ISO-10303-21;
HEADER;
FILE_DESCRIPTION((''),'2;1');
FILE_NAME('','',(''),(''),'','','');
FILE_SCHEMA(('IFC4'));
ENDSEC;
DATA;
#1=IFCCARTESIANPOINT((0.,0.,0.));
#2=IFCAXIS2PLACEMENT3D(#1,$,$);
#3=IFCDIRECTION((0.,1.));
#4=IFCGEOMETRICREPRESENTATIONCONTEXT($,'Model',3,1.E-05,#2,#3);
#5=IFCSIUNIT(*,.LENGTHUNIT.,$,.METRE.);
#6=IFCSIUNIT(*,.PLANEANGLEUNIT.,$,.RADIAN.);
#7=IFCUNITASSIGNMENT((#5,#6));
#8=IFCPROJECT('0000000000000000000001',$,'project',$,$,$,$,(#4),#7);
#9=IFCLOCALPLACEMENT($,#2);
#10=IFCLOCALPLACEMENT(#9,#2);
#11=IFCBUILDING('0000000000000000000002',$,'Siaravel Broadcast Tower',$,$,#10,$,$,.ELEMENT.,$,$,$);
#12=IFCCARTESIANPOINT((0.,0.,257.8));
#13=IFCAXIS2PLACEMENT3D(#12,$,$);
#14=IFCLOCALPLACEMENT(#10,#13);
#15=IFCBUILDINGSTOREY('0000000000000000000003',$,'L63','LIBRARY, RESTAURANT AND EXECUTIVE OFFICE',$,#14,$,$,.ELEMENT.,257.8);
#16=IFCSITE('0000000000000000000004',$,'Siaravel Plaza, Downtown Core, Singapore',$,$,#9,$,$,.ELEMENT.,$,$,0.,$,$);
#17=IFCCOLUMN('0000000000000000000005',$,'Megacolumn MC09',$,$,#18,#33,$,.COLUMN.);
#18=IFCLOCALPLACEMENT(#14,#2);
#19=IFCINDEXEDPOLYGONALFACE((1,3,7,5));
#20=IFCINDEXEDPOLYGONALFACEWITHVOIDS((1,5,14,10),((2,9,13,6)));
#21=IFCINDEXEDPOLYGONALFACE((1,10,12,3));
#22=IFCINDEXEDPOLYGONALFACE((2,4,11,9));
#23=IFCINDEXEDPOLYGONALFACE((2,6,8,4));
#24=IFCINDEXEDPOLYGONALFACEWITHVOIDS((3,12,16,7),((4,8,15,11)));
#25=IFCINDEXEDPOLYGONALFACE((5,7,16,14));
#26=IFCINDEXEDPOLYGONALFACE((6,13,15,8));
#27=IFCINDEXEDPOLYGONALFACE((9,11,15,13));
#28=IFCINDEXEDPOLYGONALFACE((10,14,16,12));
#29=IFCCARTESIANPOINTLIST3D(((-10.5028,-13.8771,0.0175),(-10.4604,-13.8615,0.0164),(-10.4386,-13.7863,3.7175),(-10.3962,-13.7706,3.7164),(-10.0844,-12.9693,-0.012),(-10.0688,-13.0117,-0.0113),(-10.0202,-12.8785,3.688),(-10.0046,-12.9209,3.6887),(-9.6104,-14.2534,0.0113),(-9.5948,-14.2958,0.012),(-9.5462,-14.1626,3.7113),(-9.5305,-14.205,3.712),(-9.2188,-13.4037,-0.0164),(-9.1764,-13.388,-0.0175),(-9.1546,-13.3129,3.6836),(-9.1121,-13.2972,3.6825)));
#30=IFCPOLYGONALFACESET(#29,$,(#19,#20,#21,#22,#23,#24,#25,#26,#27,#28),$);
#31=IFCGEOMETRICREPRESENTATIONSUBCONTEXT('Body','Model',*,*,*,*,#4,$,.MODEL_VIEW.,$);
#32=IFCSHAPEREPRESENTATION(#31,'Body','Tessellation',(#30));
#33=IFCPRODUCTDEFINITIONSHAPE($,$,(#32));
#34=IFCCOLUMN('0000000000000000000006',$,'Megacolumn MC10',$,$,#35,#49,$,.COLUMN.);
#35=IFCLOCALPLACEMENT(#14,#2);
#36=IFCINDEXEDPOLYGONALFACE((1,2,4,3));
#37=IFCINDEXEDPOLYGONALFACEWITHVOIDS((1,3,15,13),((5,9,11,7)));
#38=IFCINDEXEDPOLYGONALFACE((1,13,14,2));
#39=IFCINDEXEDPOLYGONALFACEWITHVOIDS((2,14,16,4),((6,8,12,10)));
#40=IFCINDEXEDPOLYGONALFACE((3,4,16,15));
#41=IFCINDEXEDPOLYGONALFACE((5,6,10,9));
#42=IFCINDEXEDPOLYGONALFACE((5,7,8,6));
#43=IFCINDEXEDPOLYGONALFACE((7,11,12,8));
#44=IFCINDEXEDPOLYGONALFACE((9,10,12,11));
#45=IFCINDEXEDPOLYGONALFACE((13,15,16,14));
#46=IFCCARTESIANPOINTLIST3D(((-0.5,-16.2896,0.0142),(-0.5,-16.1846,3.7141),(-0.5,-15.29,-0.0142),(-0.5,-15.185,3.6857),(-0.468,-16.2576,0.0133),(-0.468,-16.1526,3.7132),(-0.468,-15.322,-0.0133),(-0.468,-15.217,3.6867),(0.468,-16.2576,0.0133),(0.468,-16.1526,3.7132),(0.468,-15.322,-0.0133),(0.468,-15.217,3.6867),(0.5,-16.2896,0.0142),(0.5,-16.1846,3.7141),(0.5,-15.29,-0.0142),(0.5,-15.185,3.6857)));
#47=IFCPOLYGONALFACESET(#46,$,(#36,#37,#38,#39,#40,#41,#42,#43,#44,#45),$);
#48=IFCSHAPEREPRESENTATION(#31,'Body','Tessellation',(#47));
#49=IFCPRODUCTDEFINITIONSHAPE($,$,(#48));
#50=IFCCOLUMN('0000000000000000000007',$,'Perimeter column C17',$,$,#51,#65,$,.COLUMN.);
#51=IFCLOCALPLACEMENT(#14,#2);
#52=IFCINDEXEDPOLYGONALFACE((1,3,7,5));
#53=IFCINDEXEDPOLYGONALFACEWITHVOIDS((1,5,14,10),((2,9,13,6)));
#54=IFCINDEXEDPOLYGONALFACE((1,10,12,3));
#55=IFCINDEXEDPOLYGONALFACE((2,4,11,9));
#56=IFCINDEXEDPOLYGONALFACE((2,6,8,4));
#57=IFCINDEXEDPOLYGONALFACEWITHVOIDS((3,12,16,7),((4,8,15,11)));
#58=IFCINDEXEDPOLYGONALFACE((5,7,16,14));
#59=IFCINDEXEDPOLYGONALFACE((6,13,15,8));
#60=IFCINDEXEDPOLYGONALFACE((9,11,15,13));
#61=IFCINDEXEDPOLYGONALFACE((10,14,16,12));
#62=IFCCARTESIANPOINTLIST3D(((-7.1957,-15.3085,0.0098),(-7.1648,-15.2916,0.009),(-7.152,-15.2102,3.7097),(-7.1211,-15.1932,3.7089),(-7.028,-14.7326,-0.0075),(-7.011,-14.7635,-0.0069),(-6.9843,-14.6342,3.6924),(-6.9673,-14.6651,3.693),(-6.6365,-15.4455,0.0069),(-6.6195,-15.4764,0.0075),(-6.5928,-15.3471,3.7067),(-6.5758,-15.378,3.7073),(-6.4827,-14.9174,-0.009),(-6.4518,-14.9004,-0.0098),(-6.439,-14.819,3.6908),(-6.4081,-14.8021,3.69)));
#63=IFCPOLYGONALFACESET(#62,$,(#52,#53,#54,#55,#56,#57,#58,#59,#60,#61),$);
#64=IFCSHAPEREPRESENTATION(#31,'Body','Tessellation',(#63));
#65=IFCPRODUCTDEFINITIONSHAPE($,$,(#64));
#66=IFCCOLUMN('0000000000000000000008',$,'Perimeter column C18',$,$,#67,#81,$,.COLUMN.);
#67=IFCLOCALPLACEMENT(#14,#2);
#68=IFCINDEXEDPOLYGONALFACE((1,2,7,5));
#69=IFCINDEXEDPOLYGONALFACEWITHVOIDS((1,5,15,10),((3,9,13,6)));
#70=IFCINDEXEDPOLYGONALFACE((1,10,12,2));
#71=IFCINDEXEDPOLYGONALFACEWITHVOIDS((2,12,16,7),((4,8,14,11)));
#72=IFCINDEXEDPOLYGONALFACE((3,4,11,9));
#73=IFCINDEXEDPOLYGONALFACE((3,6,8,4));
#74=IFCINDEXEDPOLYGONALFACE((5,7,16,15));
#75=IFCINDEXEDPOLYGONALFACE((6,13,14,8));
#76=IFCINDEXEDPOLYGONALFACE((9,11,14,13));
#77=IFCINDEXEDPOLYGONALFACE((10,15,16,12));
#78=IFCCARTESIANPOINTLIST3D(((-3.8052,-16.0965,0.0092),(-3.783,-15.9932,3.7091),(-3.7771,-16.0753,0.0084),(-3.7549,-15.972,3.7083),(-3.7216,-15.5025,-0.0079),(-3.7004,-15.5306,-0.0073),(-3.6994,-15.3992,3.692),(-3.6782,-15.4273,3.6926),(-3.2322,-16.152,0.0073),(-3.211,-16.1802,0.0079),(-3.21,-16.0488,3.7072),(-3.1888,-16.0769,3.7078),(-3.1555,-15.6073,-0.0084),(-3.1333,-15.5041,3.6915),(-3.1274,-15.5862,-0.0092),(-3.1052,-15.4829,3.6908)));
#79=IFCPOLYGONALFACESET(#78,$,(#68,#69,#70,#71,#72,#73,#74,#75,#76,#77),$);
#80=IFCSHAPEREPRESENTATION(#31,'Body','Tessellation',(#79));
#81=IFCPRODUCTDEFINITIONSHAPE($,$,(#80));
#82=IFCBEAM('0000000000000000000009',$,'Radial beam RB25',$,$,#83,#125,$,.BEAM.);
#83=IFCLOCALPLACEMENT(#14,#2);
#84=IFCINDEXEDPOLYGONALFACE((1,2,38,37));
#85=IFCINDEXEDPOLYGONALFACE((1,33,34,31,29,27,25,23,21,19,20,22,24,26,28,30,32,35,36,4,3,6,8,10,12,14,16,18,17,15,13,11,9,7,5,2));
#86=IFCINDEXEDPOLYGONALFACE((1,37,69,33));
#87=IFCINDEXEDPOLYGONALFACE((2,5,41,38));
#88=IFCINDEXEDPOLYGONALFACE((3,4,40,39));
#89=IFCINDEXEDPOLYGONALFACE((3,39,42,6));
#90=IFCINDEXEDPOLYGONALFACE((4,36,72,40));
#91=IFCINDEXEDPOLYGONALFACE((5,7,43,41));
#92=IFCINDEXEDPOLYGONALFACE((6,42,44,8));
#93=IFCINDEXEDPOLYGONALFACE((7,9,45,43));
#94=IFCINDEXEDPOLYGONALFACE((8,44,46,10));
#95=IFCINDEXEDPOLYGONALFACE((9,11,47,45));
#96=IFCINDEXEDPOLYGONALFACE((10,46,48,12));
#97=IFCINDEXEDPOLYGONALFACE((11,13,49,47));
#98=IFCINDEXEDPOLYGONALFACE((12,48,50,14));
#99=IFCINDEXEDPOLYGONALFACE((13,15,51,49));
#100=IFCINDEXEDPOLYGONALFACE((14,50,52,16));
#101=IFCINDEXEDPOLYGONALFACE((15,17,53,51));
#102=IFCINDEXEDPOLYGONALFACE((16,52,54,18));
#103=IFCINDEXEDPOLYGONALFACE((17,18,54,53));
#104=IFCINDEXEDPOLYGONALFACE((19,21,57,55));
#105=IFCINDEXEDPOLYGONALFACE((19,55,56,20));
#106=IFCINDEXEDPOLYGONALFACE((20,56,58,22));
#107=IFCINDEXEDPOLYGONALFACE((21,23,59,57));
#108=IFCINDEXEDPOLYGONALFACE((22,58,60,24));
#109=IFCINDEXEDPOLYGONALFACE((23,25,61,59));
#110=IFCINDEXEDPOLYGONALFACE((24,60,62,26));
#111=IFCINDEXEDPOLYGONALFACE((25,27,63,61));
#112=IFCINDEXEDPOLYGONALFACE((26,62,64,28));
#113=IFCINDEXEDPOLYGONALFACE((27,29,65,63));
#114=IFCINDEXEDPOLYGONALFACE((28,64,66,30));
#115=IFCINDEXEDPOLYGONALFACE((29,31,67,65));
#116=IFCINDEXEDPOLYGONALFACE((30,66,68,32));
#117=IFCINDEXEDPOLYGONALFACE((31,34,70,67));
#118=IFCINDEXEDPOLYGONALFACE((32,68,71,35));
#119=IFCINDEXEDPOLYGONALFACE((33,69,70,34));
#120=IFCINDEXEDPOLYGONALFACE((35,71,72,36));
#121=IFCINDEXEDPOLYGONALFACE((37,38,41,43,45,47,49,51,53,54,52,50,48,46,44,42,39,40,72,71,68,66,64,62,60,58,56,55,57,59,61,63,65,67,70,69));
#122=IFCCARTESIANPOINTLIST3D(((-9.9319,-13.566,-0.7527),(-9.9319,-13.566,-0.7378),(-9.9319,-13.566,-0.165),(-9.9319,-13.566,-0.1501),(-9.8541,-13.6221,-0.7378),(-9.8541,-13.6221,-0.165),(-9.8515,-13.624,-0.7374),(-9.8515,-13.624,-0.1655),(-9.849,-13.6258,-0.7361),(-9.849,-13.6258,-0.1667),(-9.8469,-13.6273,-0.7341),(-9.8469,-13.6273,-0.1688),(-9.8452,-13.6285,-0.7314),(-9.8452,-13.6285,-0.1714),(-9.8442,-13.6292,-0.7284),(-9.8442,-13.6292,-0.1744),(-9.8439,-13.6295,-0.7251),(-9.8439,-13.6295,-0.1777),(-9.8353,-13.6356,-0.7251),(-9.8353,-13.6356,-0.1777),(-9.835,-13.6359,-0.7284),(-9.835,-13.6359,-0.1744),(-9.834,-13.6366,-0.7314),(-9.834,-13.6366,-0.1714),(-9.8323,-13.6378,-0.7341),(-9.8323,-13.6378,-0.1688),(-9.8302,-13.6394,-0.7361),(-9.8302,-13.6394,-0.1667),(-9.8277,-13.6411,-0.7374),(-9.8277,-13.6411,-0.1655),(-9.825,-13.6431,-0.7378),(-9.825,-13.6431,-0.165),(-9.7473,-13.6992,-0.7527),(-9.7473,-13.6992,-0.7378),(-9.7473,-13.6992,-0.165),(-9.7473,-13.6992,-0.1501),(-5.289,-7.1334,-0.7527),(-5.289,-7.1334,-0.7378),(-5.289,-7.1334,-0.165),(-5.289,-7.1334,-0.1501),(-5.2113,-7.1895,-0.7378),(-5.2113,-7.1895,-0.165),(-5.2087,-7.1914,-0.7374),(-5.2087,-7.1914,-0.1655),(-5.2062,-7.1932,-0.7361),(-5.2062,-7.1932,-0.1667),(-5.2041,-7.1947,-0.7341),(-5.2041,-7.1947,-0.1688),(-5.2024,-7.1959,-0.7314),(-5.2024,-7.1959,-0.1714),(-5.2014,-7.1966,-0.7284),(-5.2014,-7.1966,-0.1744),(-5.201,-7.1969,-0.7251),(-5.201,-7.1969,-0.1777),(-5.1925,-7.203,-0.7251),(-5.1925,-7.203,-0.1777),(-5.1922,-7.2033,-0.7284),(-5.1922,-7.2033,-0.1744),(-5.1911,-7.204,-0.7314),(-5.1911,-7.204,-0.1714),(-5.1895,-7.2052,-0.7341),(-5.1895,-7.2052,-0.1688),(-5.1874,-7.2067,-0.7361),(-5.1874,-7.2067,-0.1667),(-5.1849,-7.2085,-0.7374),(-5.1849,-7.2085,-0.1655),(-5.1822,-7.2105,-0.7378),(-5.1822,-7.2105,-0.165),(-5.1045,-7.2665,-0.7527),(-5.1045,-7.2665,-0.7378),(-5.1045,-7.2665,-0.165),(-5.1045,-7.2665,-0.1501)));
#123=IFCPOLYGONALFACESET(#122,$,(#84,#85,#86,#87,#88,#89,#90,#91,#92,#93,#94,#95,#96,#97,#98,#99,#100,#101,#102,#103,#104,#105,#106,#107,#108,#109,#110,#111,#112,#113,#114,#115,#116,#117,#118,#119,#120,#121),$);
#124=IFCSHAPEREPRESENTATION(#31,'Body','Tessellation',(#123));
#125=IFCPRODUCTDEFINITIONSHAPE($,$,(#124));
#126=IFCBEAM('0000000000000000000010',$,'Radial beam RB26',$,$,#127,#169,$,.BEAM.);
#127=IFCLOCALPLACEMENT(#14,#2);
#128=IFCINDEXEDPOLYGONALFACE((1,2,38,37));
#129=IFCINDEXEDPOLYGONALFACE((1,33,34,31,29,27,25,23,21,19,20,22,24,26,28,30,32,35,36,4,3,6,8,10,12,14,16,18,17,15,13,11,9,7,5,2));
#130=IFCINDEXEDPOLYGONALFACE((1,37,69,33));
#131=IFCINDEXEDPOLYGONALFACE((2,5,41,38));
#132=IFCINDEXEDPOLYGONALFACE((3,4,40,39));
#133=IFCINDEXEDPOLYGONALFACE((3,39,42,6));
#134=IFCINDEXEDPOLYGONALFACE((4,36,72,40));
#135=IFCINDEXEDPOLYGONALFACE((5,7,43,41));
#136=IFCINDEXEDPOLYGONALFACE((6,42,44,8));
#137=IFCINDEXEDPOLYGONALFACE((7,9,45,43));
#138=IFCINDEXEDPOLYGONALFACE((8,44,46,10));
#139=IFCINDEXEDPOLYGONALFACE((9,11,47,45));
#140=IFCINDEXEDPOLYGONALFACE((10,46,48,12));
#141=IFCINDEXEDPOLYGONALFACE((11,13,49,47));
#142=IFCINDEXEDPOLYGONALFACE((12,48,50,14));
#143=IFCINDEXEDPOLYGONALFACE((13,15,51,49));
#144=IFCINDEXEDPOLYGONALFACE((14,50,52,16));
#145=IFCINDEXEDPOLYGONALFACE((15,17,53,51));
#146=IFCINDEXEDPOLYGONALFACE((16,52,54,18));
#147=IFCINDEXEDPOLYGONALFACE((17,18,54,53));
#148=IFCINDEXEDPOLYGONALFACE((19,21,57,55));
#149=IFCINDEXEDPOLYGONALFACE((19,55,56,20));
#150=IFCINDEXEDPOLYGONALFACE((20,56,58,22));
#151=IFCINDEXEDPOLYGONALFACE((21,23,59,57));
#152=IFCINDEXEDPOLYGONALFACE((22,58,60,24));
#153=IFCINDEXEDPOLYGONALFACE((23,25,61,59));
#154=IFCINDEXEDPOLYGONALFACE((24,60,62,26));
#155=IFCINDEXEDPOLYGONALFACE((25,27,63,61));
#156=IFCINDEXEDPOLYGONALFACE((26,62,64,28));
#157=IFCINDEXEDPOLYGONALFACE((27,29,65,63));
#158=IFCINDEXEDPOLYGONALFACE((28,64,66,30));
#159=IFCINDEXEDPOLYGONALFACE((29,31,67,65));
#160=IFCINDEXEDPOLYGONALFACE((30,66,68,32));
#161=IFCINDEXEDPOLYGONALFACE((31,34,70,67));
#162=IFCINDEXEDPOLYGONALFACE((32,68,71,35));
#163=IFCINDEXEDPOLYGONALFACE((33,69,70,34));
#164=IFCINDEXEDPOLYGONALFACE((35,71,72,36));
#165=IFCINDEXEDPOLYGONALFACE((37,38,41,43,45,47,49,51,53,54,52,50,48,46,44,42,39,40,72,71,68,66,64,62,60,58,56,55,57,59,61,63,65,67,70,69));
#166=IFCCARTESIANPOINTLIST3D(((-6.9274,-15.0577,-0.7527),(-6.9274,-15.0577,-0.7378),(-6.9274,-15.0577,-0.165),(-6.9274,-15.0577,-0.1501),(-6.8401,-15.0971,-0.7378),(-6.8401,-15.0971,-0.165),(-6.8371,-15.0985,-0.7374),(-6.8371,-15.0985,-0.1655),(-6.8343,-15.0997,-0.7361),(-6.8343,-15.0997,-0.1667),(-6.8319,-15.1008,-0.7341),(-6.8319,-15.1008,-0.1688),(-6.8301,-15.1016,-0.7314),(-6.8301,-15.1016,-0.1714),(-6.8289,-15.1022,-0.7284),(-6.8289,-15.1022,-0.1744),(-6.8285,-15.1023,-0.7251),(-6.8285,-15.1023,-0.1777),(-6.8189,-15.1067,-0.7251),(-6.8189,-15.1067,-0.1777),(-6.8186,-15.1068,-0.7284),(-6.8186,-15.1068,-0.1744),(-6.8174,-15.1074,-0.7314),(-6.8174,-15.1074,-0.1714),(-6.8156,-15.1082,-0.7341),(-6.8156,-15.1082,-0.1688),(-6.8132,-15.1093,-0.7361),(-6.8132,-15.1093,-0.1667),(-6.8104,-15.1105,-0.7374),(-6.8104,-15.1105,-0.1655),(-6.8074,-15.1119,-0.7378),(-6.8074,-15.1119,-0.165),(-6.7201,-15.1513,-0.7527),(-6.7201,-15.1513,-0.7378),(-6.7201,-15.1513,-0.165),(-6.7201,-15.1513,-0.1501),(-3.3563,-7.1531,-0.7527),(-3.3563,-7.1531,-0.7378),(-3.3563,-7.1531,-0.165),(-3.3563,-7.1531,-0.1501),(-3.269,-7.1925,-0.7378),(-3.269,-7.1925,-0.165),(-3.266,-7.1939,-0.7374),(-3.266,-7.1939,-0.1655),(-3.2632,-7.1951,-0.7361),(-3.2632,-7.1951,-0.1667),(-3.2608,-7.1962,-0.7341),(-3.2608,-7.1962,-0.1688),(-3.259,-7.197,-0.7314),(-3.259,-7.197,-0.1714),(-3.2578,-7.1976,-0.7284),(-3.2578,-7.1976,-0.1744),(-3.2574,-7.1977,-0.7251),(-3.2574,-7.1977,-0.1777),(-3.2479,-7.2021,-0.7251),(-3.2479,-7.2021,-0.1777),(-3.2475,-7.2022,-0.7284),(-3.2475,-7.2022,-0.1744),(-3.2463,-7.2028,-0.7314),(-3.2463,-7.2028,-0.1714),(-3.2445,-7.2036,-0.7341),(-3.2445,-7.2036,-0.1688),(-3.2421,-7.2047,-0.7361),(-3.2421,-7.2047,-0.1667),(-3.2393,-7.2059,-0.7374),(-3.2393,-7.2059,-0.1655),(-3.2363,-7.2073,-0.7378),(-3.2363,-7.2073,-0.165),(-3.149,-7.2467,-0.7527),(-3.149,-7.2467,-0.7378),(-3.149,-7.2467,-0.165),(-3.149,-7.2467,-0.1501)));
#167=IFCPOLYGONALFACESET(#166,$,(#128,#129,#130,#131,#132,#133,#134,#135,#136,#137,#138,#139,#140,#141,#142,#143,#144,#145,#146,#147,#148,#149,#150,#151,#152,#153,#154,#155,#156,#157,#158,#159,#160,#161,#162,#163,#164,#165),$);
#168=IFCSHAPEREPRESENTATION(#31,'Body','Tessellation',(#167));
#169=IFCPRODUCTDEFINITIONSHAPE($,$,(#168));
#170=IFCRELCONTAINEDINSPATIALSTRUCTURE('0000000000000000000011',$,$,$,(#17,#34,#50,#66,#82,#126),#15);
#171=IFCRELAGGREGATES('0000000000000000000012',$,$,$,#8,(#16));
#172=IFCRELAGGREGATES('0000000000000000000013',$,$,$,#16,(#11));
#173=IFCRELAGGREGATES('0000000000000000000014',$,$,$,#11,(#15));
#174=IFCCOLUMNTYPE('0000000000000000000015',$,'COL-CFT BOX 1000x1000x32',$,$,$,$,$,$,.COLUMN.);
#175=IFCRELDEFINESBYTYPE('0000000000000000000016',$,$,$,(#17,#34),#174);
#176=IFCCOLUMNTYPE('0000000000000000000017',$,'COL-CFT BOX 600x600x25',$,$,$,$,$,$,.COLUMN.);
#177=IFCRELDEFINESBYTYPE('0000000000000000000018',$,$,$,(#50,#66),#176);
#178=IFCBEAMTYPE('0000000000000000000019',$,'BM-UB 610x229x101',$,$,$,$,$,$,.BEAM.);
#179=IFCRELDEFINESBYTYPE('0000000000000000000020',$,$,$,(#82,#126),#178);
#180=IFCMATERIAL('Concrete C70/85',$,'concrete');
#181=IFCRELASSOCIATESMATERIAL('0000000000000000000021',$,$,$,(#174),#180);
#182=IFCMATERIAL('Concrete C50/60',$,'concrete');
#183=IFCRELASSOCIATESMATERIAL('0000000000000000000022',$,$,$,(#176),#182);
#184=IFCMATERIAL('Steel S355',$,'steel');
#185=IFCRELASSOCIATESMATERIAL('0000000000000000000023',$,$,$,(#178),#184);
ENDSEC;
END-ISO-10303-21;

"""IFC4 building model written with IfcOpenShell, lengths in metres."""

from ifc_helpers import new_model, si_unit, direction, frame, origin, origin_2d, place, context, subcontext, project, spatial, hollow_rectangle, i_section, extrude, material, material_profile, profile_set, type_object, element, save


model = new_model("IFC4")

# Units and contexts
model_context = context("Model", 3, precision=1e-05, world=origin(), true_north=direction((0.0, 1.0)))
body_context = subcontext(model_context, "Body", "Model", "MODEL_VIEW")
ifc_project = project(units=[si_unit("LENGTHUNIT", "METRE"), si_unit("PLANEANGLEUNIT", "RADIAN")], contexts=[model_context])

# Site, building, storey
site_placement = place(None, origin())
site = spatial("IfcSite", under=ifc_project, at=site_placement, Name="Siaravel Plaza, Downtown Core, Singapore", CompositionType="ELEMENT", RefElevation=0.0)
building_placement = place(site_placement, origin())
building = spatial("IfcBuilding", under=site, at=building_placement, Name="Siaravel Broadcast Tower", CompositionType="ELEMENT")
storey_placement = place(building_placement, frame((0.0, 0.0, 257.8)))
storey = spatial("IfcBuildingStorey", under=building, at=storey_placement, Name="L63", Description="LIBRARY, RESTAURANT AND EXECUTIVE OFFICE", CompositionType="ELEMENT", Elevation=257.8)

# Columns
ifc_material_1 = material(Name="Concrete C70/85", Category="concrete")
ifc_material_profile_1 = material_profile(ifc_material_1, hollow_rectangle(XDim=1.0, YDim=1.0, WallThickness=0.032, at=origin_2d()))
ifc_profile_set_1 = profile_set([ifc_material_profile_1], Name="Concrete C70/85")
column_type_1 = type_object("IfcColumnType", Name="COL-CFT BOX 1000x1000x32", PredefinedType="COLUMN", material=ifc_profile_set_1)
column_1_placement = place(storey_placement, frame((-9.8396, -13.6326, 0.0), z_axis=(0.017346, 0.024535, 0.999548), x_axis=(-0.908096, 0.418725, 0.005481)))
element("IfcColumn", 1, at=column_1_placement, inside=storey, type_object=column_type_1, Name="Megacolumn MC09", PredefinedType="COLUMN", context=body_context, shape_type="SweptSolid", body=[
    extrude(hollow_rectangle(XDim=1.0, YDim=1.0, WallThickness=0.032, at=origin_2d()), origin(), (0.0, 0.0, 1.0), 3.7017),
])
column_2_placement = place(storey_placement, frame((0.0, -15.7898, 0.0), z_axis=(0.0, 0.028362, 0.999598), x_axis=(-1.0, 0.0, 0.0)))
element("IfcColumn", 2, at=column_2_placement, inside=storey, type_object=column_type_1, Name="Megacolumn MC10", PredefinedType="COLUMN", context=body_context, shape_type="SweptSolid", body=[
    extrude(hollow_rectangle(XDim=1.0, YDim=1.0, WallThickness=0.032, at=origin_2d()), origin(), (0.0, 0.0, 1.0), 3.7014),
])
ifc_material_2 = material(Name="Concrete C50/60", Category="concrete")
ifc_material_profile_2 = material_profile(ifc_material_2, hollow_rectangle(XDim=0.6001, YDim=0.6001, WallThickness=0.0249, at=origin_2d()))
ifc_profile_set_2 = profile_set([ifc_material_profile_2], Name="Concrete C50/60")
column_type_2 = type_object("IfcColumnType", Name="COL-CFT BOX 600x600x25", PredefinedType="COLUMN", material=ifc_profile_set_2)
for number, where, z_axis, x_axis, name in (
    (3, (-6.8237, -15.1045, 0.0), (0.011806, 0.026581, 0.999577), (-0.960084, 0.279685, 0.003902), "Perimeter column C17"),
    (4, (-3.4663, -15.8413, 0.0), (0.006002, 0.0279, 0.999593), (-0.990221, 0.139496, 0.002052), "Perimeter column C18"),
):
    element("IfcColumn", number, at=place(storey_placement, frame(where, z_axis=z_axis, x_axis=x_axis)), inside=storey, type_object=column_type_2, Name=name, PredefinedType="COLUMN", context=body_context, shape_type="SweptSolid", body=[
        extrude(hollow_rectangle(XDim=0.6001, YDim=0.6001, WallThickness=0.0249, at=origin_2d()), origin(), (0.0, 0.0, 1.0), 3.7014),
    ])

# Beams
ifc_material_3 = material(Name="Steel S355", Category="steel")
ifc_material_profile_3 = material_profile(ifc_material_3, i_section(OverallWidth=0.2275, OverallDepth=0.6025, WebThickness=0.0105, FlangeThickness=0.0149, FilletRadius=0.0127, at=origin_2d()))
ifc_profile_set_3 = profile_set([ifc_material_profile_3], Name="Steel S355")
beam_type = type_object("IfcBeamType", Name="BM-UB 610x229x101", PredefinedType="BEAM", material=ifc_profile_set_3)
beam_1_placement = place(storey_placement, frame((-9.8396, -13.6326, -0.4514), z_axis=(0.585246, 0.810856, 0.0), x_axis=(-0.810856, 0.585246, 0.0)))
element("IfcBeam", 5, at=beam_1_placement, inside=storey, type_object=beam_type, Name="Radial beam RB25", PredefinedType="BEAM", context=body_context, shape_type="SweptSolid", body=[
    extrude(i_section(OverallWidth=0.2275, OverallDepth=0.6025, WebThickness=0.0105, FlangeThickness=0.0149, FilletRadius=0.0127, at=origin_2d()), origin(), (0.0, 0.0, 1.0), 7.9331),
])
beam_2_placement = place(storey_placement, frame((-6.8237, -15.1045, -0.4514), z_axis=(0.411707, 0.911316, 0.0), x_axis=(-0.911316, 0.411707, 0.0)))
element("IfcBeam", 6, at=beam_2_placement, inside=storey, type_object=beam_type, Name="Radial beam RB26", PredefinedType="BEAM", context=body_context, shape_type="SweptSolid", body=[
    extrude(i_section(OverallWidth=0.2275, OverallDepth=0.6025, WebThickness=0.0105, FlangeThickness=0.0149, FilletRadius=0.0127, at=origin_2d()), origin(), (0.0, 0.0, 1.0), 8.6738),
])

save(model, "model.ifc")
